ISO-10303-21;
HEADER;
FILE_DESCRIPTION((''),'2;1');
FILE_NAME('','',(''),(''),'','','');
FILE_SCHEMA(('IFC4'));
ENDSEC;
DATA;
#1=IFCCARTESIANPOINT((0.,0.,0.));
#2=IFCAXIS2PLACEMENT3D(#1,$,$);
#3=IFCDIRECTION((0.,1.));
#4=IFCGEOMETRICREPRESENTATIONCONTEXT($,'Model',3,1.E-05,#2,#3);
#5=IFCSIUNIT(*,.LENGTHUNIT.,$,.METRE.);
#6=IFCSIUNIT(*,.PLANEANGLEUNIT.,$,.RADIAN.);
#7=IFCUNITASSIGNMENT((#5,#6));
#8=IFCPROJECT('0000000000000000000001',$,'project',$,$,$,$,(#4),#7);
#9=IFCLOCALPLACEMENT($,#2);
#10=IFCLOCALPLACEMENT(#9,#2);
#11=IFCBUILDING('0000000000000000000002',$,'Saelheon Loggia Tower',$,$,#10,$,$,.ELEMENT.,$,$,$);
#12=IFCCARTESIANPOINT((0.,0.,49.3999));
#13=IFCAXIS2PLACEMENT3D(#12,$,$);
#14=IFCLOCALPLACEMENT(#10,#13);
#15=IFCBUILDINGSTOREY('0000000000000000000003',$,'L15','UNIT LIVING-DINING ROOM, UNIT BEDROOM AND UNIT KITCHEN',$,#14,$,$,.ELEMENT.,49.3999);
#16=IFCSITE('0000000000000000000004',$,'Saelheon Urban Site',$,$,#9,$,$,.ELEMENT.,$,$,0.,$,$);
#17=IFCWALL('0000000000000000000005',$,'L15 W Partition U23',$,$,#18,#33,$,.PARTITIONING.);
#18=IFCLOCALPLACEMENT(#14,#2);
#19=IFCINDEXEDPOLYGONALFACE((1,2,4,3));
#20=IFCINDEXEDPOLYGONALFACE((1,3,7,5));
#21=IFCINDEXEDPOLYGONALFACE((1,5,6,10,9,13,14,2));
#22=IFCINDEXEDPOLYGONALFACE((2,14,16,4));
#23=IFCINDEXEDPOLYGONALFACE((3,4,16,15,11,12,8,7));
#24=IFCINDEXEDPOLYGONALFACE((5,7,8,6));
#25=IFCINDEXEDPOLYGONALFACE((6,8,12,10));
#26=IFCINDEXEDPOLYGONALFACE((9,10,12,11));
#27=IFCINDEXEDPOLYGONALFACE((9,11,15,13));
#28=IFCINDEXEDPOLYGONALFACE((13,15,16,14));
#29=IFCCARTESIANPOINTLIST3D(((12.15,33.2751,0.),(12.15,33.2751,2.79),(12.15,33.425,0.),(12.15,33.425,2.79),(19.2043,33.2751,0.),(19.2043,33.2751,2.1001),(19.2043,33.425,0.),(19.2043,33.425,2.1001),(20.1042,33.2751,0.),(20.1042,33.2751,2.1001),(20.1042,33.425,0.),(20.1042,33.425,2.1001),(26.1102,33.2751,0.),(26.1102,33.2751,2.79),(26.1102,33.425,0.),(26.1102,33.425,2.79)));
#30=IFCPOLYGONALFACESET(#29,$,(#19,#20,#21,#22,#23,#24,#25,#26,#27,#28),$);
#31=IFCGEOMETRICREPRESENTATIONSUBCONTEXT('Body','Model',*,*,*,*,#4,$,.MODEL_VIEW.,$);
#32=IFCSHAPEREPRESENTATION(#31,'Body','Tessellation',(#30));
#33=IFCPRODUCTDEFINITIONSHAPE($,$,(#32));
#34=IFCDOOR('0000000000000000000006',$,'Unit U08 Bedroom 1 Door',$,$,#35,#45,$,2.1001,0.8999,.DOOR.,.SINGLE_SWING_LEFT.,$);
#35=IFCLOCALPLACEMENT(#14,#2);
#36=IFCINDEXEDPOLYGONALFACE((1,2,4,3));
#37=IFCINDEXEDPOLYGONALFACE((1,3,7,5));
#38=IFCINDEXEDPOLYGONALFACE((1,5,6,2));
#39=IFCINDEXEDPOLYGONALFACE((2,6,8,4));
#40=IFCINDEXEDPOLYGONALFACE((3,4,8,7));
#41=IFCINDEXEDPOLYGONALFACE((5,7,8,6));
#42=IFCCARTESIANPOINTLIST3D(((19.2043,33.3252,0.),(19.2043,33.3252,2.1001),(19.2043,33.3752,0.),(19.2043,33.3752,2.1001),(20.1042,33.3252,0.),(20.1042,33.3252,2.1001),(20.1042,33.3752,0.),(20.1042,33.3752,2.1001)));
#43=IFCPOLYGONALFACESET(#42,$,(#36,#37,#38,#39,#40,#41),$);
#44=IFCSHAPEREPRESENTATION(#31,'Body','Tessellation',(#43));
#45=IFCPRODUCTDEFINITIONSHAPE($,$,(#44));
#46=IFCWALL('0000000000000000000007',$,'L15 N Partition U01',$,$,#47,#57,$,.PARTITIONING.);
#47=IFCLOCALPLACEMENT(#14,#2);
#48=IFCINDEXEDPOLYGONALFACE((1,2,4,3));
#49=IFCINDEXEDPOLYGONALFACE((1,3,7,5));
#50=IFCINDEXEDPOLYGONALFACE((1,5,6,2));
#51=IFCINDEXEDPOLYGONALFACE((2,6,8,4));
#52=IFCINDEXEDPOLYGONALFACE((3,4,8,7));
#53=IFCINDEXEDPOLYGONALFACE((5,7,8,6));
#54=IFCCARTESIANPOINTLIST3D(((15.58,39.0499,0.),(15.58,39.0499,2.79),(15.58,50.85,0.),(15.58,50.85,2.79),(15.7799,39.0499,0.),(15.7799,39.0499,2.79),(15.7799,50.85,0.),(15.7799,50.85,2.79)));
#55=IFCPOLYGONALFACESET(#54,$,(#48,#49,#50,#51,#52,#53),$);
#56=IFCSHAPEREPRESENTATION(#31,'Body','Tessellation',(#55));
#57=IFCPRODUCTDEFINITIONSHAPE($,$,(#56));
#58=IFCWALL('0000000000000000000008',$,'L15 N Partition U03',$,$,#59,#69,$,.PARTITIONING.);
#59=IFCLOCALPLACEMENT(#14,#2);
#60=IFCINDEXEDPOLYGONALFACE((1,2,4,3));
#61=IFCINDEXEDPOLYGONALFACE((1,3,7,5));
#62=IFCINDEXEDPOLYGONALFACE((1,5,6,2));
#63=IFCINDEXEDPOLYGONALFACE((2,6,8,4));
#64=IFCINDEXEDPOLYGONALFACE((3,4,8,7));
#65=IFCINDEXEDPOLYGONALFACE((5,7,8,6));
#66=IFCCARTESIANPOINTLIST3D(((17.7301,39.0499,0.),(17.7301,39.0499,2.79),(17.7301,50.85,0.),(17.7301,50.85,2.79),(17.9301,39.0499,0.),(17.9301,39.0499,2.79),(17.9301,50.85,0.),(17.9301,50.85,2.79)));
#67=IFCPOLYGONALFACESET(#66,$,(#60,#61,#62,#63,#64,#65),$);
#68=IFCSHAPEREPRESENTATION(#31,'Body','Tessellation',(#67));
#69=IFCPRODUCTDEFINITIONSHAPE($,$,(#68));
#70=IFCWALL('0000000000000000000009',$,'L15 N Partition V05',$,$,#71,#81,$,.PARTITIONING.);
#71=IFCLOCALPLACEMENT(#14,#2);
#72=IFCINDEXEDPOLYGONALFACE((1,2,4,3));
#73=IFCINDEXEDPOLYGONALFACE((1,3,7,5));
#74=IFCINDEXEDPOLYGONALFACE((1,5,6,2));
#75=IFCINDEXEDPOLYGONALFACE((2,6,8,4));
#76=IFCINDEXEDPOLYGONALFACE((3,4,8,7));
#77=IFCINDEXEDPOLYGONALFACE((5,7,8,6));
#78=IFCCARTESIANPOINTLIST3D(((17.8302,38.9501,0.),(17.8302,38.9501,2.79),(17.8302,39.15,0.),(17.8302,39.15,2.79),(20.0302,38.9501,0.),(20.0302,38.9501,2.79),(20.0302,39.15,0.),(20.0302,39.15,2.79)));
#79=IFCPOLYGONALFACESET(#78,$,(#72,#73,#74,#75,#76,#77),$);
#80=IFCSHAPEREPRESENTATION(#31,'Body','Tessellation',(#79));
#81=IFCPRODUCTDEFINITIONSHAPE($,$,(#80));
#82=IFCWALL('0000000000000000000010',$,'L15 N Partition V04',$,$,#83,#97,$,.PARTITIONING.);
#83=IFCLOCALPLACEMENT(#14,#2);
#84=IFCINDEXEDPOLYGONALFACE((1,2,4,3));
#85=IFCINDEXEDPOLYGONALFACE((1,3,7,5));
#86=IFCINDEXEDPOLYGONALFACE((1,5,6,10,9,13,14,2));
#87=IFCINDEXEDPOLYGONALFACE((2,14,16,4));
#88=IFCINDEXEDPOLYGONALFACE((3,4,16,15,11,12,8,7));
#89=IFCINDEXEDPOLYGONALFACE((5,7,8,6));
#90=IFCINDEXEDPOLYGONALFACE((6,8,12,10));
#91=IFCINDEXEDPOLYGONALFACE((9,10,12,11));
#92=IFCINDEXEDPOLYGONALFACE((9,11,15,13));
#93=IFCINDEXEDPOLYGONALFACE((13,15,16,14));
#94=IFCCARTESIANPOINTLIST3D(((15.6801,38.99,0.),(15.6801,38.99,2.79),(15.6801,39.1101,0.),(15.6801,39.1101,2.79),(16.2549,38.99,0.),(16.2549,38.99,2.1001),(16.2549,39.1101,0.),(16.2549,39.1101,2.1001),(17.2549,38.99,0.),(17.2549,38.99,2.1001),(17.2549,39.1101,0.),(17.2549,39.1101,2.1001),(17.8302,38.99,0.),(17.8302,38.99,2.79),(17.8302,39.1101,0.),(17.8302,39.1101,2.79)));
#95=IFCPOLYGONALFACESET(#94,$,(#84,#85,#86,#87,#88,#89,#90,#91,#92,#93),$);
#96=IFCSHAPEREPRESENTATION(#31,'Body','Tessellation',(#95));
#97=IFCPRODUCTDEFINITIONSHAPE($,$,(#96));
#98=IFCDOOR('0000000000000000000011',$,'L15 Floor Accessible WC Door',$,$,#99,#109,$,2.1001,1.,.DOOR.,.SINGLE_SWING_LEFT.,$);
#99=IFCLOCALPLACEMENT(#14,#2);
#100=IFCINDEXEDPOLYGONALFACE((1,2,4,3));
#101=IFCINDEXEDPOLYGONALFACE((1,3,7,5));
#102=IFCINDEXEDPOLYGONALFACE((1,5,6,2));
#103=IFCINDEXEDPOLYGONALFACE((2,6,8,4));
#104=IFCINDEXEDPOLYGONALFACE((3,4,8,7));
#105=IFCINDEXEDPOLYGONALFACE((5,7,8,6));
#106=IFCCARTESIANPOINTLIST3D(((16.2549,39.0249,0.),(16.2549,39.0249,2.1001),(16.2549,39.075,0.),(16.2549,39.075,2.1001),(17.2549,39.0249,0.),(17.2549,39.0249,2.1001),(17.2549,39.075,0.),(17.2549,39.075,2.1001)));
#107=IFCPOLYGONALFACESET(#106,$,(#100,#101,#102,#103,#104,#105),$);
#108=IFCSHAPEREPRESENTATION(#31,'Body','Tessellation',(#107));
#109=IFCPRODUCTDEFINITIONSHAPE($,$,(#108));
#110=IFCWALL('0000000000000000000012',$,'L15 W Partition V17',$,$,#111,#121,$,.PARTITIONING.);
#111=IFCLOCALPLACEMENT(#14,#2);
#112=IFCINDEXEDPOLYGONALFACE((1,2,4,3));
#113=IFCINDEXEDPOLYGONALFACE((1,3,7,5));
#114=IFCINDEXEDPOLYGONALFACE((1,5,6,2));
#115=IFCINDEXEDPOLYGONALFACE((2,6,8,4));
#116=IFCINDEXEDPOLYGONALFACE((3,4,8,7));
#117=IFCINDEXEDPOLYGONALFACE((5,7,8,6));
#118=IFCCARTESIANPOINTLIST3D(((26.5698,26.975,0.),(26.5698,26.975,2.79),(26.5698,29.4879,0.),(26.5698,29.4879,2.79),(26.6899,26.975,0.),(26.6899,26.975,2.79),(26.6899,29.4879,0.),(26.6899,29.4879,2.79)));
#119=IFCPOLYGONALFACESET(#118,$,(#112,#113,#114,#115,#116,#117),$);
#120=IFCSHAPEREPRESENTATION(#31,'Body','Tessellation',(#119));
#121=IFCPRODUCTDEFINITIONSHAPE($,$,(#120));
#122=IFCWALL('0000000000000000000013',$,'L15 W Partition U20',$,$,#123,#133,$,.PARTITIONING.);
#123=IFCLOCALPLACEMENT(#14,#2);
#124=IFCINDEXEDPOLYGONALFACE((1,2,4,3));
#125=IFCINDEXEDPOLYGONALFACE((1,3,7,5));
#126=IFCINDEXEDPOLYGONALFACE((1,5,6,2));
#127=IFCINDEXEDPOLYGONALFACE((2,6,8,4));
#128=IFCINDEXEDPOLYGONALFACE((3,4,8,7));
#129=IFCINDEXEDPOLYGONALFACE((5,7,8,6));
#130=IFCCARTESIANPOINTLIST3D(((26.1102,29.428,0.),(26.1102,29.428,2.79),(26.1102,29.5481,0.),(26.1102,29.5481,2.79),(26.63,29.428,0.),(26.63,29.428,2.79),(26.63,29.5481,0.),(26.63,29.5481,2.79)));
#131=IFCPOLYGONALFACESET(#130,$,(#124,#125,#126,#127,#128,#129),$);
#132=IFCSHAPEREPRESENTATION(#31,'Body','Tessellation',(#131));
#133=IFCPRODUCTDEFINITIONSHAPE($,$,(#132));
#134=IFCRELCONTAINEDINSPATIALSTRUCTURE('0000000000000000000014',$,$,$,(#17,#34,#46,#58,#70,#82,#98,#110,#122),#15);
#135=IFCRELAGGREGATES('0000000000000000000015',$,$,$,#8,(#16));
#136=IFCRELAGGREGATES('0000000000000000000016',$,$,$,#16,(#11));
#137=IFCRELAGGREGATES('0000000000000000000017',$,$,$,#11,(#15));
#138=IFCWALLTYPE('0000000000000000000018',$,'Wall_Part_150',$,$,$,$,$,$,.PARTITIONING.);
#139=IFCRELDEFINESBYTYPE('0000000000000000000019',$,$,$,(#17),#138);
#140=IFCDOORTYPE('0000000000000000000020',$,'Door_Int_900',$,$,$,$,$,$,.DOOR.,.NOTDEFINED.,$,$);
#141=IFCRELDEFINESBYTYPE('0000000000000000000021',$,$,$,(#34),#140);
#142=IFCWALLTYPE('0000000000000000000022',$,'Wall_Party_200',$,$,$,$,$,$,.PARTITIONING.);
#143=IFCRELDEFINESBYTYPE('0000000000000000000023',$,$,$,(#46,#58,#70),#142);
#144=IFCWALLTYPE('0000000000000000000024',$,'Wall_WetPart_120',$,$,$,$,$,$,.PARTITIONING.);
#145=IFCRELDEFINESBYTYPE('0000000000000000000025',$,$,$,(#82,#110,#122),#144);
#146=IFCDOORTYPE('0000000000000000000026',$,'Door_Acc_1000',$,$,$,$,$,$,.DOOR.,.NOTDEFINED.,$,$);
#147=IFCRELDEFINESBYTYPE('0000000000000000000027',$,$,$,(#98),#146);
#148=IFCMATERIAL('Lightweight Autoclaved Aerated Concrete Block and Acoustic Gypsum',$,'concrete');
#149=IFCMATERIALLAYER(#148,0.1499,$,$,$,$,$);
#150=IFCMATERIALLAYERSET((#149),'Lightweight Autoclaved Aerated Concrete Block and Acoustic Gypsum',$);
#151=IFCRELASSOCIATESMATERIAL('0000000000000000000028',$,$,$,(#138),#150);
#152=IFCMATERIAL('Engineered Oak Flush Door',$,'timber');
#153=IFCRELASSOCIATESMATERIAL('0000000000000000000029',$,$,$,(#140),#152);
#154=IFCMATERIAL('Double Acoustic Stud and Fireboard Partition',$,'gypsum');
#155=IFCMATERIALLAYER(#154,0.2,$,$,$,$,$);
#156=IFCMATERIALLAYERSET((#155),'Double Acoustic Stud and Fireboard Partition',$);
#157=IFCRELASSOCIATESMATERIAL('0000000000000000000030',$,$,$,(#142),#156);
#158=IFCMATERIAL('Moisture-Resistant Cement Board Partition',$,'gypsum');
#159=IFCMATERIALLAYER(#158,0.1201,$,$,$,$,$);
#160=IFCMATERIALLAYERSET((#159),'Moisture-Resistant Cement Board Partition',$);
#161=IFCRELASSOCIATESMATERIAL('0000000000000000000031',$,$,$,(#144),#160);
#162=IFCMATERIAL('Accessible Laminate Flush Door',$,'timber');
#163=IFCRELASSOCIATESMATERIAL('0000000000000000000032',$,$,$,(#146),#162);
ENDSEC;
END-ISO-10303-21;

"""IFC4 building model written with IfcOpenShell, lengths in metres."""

from ifc_helpers import new_model, si_unit, direction, frame, frame_2d, origin, place, context, subcontext, project, spatial, rectangle, extrude, source, transform, mapped, material, layer, layer_set, type_object, element, fill, save


model = new_model("IFC4")

# Units and contexts
model_context = context("Model", 3, precision=1e-05, world=origin(), true_north=direction((0.0, 1.0)))
body_context = subcontext(model_context, "Body", "Model", "MODEL_VIEW")
ifc_project = project(units=[si_unit("LENGTHUNIT", "METRE"), si_unit("PLANEANGLEUNIT", "RADIAN")], contexts=[model_context])

# Site, building, storey
site_placement = place(None, origin())
site = spatial("IfcSite", under=ifc_project, at=site_placement, Name="Saelheon Urban Site", CompositionType="ELEMENT", RefElevation=0.0)
building_placement = place(site_placement, origin())
building = spatial("IfcBuilding", under=site, at=building_placement, Name="Saelheon Loggia Tower", CompositionType="ELEMENT")
storey_placement = place(building_placement, frame((0.0, 0.0, 49.3999)))
storey = spatial("IfcBuildingStorey", under=building, at=storey_placement, Name="L15", Description="UNIT LIVING-DINING ROOM, UNIT BEDROOM AND UNIT KITCHEN", CompositionType="ELEMENT", Elevation=49.3999)

# Shared definitions
ifc_material_1 = material(Name="Lightweight Autoclaved Aerated Concrete Block and Acoustic Gypsum", Category="concrete")
ifc_layer_1 = layer(ifc_material_1, 0.1499)
ifc_layer_set_1 = layer_set([ifc_layer_1], Name="Lightweight Autoclaved Aerated Concrete Block and Acoustic Gypsum")
wall_type_1 = type_object("IfcWallType", Name="Wall_Part_150", PredefinedType="PARTITIONING", material=ifc_layer_set_1)

# Shared definitions
ifc_material_2 = material(Name="Engineered Oak Flush Door", Category="timber")
door_type_1 = type_object("IfcDoorType", Name="Door_Int_900", OperationType="NOTDEFINED", PredefinedType="DOOR", material=ifc_material_2)
shared_shape_1 = source(origin(), body_context, "Body", "SweptSolid", [
    extrude(rectangle(XDim=0.8999, YDim=2.1001, at=frame_2d((0.45, 1.05))), frame((0.0, 0.0249, 0.0), z_axis=(0.0, -1.0, 0.0), x_axis=(1.0, 0.0, 0.0)), (0.0, 0.0, 1.0), 0.05),
])

# Wall, opening, door
wall_1_placement = place(storey_placement, frame((26.1101, 33.3501, 0.0), z_axis=(0.0, 0.0, 1.0), x_axis=(-1.0, 0.0, 0.0)))
wall_1 = element("IfcWall", 1, at=wall_1_placement, inside=storey, type_object=wall_type_1, Name="L15 W Partition U23", PredefinedType="PARTITIONING", context=body_context, shape_type="SweptSolid", body=[
    extrude(rectangle(XDim=13.9602, YDim=0.1499, at=frame_2d((6.98, 0.0))), origin(), (0.0, 0.0, 1.0), 2.79),
])
opening_1_placement = place(wall_1_placement, frame((6.0059, 0.0, 0.0)))
opening_1 = element("IfcOpeningElement", 2, at=opening_1_placement, cuts=wall_1, PredefinedType="OPENING", context=body_context, shape_type="SweptSolid", body=[
    extrude(rectangle(XDim=0.8999, YDim=2.1001, at=frame_2d((0.45, 1.05))), frame((0.0, 0.0869, 0.0), z_axis=(0.0, -1.0, 0.0), x_axis=(1.0, 0.0, 0.0)), (0.0, 0.0, 1.0), 0.1738),
])
door_1_placement = place(opening_1_placement, origin())
door_1 = element("IfcDoor", 3, at=door_1_placement, inside=storey, type_object=door_type_1, Name="Unit U08 Bedroom 1 Door", OperationType="SINGLE_SWING_LEFT", OverallHeight=2.1001, OverallWidth=0.8999, PredefinedType="DOOR", context=body_context, shape_type="MappedRepresentation", body=[
    mapped(shared_shape_1, transform((0.0, 0.0, 0.0), scale=1.0)),
])
fill(opening_1, door_1)

# Walls
ifc_material_3 = material(Name="Double Acoustic Stud and Fireboard Partition", Category="gypsum")
ifc_layer_2 = layer(ifc_material_3, 0.2)
ifc_layer_set_2 = layer_set([ifc_layer_2], Name="Double Acoustic Stud and Fireboard Partition")
wall_type_2 = type_object("IfcWallType", Name="Wall_Party_200", PredefinedType="PARTITIONING", material=ifc_layer_set_2)
for number, where, z_axis, x_axis, name in (
    (4, (15.6799, 39.05, 0.0), (0.0, 0.0, 1.0), (0.0, 1.0, 0.0), "L15 N Partition U01"),
    (5, (17.8301, 39.05, 0.0), (0.0, 0.0, 1.0), (0.0, 1.0, 0.0), "L15 N Partition U03"),
):
    element("IfcWall", number, at=place(storey_placement, frame(where, z_axis=z_axis, x_axis=x_axis)), inside=storey, type_object=wall_type_2, Name=name, PredefinedType="PARTITIONING", context=body_context, shape_type="SweptSolid", body=[
        extrude(rectangle(XDim=11.8, YDim=0.2, at=frame_2d((5.8999, 0.0))), origin(), (0.0, 0.0, 1.0), 2.79),
    ])
wall_2_placement = place(storey_placement, frame((17.8301, 39.05, 0.0), z_axis=(0.0, 0.0, 1.0), x_axis=(1.0, 0.0, 0.0)))
element("IfcWall", 6, at=wall_2_placement, inside=storey, type_object=wall_type_2, Name="L15 N Partition V05", PredefinedType="PARTITIONING", context=body_context, shape_type="SweptSolid", body=[
    extrude(rectangle(XDim=2.2, YDim=0.2, at=frame_2d((1.1001, 0.0))), origin(), (0.0, 0.0, 1.0), 2.79),
])

# Wall, opening, door
ifc_material_4 = material(Name="Moisture-Resistant Cement Board Partition", Category="gypsum")
ifc_layer_3 = layer(ifc_material_4, 0.1201)
ifc_layer_set_3 = layer_set([ifc_layer_3], Name="Moisture-Resistant Cement Board Partition")
wall_type_3 = type_object("IfcWallType", Name="Wall_WetPart_120", PredefinedType="PARTITIONING", material=ifc_layer_set_3)
wall_3_placement = place(storey_placement, frame((15.6799, 39.05, 0.0), z_axis=(0.0, 0.0, 1.0), x_axis=(1.0, 0.0, 0.0)))
wall_3 = element("IfcWall", 7, at=wall_3_placement, inside=storey, type_object=wall_type_3, Name="L15 N Partition V04", PredefinedType="PARTITIONING", context=body_context, shape_type="SweptSolid", body=[
    extrude(rectangle(XDim=2.1501, YDim=0.1201, at=frame_2d((1.0752, 0.0))), origin(), (0.0, 0.0, 1.0), 2.79),
])
opening_2_placement = place(wall_3_placement, frame((0.575, 0.0, 0.0)))
opening_2 = element("IfcOpeningElement", 8, at=opening_2_placement, cuts=wall_3, PredefinedType="OPENING", context=body_context, shape_type="SweptSolid", body=[
    extrude(rectangle(XDim=1.0, YDim=2.1001, at=frame_2d((0.5, 1.05))), frame((0.0, 0.072, 0.0), z_axis=(0.0, -1.0, 0.0), x_axis=(1.0, 0.0, 0.0)), (0.0, 0.0, 1.0), 0.144),
])
ifc_material_5 = material(Name="Accessible Laminate Flush Door", Category="timber")
door_type_2 = type_object("IfcDoorType", Name="Door_Acc_1000", OperationType="NOTDEFINED", PredefinedType="DOOR", material=ifc_material_5)
shared_shape_2 = source(origin(), body_context, "Body", "SweptSolid", [
    extrude(rectangle(XDim=1.0, YDim=2.1001, at=frame_2d((0.5, 1.05))), frame((0.0, 0.0249, 0.0), z_axis=(0.0, -1.0, 0.0), x_axis=(1.0, 0.0, 0.0)), (0.0, 0.0, 1.0), 0.05),
])
door_2_placement = place(opening_2_placement, origin())
door_2 = element("IfcDoor", 9, at=door_2_placement, inside=storey, type_object=door_type_2, Name="L15 Floor Accessible WC Door", OperationType="SINGLE_SWING_LEFT", OverallHeight=2.1001, OverallWidth=1.0, PredefinedType="DOOR", context=body_context, shape_type="MappedRepresentation", body=[
    mapped(shared_shape_2, transform((0.0, 0.0, 0.0), scale=1.0)),
])
fill(opening_2, door_2)

# Walls
wall_4_placement = place(storey_placement, frame((26.6299, 26.9751, 0.0), z_axis=(0.0, 0.0, 1.0), x_axis=(0.0, 1.0, 0.0)))
element("IfcWall", 10, at=wall_4_placement, inside=storey, type_object=wall_type_3, Name="L15 W Partition V17", PredefinedType="PARTITIONING", context=body_context, shape_type="SweptSolid", body=[
    extrude(rectangle(XDim=2.5129, YDim=0.1201, at=frame_2d((1.2563, 0.0))), origin(), (0.0, 0.0, 1.0), 2.79),
])
wall_5_placement = place(storey_placement, frame((26.6299, 29.488, 0.0), z_axis=(0.0, 0.0, 1.0), x_axis=(-1.0, 0.0, 0.0)))
element("IfcWall", 11, at=wall_5_placement, inside=storey, type_object=wall_type_3, Name="L15 W Partition U20", PredefinedType="PARTITIONING", context=body_context, shape_type="SweptSolid", body=[
    extrude(rectangle(XDim=0.5198, YDim=0.1201, at=frame_2d((0.2598, 0.0))), origin(), (0.0, 0.0, 1.0), 2.79),
])

save(model, "model.ifc")
